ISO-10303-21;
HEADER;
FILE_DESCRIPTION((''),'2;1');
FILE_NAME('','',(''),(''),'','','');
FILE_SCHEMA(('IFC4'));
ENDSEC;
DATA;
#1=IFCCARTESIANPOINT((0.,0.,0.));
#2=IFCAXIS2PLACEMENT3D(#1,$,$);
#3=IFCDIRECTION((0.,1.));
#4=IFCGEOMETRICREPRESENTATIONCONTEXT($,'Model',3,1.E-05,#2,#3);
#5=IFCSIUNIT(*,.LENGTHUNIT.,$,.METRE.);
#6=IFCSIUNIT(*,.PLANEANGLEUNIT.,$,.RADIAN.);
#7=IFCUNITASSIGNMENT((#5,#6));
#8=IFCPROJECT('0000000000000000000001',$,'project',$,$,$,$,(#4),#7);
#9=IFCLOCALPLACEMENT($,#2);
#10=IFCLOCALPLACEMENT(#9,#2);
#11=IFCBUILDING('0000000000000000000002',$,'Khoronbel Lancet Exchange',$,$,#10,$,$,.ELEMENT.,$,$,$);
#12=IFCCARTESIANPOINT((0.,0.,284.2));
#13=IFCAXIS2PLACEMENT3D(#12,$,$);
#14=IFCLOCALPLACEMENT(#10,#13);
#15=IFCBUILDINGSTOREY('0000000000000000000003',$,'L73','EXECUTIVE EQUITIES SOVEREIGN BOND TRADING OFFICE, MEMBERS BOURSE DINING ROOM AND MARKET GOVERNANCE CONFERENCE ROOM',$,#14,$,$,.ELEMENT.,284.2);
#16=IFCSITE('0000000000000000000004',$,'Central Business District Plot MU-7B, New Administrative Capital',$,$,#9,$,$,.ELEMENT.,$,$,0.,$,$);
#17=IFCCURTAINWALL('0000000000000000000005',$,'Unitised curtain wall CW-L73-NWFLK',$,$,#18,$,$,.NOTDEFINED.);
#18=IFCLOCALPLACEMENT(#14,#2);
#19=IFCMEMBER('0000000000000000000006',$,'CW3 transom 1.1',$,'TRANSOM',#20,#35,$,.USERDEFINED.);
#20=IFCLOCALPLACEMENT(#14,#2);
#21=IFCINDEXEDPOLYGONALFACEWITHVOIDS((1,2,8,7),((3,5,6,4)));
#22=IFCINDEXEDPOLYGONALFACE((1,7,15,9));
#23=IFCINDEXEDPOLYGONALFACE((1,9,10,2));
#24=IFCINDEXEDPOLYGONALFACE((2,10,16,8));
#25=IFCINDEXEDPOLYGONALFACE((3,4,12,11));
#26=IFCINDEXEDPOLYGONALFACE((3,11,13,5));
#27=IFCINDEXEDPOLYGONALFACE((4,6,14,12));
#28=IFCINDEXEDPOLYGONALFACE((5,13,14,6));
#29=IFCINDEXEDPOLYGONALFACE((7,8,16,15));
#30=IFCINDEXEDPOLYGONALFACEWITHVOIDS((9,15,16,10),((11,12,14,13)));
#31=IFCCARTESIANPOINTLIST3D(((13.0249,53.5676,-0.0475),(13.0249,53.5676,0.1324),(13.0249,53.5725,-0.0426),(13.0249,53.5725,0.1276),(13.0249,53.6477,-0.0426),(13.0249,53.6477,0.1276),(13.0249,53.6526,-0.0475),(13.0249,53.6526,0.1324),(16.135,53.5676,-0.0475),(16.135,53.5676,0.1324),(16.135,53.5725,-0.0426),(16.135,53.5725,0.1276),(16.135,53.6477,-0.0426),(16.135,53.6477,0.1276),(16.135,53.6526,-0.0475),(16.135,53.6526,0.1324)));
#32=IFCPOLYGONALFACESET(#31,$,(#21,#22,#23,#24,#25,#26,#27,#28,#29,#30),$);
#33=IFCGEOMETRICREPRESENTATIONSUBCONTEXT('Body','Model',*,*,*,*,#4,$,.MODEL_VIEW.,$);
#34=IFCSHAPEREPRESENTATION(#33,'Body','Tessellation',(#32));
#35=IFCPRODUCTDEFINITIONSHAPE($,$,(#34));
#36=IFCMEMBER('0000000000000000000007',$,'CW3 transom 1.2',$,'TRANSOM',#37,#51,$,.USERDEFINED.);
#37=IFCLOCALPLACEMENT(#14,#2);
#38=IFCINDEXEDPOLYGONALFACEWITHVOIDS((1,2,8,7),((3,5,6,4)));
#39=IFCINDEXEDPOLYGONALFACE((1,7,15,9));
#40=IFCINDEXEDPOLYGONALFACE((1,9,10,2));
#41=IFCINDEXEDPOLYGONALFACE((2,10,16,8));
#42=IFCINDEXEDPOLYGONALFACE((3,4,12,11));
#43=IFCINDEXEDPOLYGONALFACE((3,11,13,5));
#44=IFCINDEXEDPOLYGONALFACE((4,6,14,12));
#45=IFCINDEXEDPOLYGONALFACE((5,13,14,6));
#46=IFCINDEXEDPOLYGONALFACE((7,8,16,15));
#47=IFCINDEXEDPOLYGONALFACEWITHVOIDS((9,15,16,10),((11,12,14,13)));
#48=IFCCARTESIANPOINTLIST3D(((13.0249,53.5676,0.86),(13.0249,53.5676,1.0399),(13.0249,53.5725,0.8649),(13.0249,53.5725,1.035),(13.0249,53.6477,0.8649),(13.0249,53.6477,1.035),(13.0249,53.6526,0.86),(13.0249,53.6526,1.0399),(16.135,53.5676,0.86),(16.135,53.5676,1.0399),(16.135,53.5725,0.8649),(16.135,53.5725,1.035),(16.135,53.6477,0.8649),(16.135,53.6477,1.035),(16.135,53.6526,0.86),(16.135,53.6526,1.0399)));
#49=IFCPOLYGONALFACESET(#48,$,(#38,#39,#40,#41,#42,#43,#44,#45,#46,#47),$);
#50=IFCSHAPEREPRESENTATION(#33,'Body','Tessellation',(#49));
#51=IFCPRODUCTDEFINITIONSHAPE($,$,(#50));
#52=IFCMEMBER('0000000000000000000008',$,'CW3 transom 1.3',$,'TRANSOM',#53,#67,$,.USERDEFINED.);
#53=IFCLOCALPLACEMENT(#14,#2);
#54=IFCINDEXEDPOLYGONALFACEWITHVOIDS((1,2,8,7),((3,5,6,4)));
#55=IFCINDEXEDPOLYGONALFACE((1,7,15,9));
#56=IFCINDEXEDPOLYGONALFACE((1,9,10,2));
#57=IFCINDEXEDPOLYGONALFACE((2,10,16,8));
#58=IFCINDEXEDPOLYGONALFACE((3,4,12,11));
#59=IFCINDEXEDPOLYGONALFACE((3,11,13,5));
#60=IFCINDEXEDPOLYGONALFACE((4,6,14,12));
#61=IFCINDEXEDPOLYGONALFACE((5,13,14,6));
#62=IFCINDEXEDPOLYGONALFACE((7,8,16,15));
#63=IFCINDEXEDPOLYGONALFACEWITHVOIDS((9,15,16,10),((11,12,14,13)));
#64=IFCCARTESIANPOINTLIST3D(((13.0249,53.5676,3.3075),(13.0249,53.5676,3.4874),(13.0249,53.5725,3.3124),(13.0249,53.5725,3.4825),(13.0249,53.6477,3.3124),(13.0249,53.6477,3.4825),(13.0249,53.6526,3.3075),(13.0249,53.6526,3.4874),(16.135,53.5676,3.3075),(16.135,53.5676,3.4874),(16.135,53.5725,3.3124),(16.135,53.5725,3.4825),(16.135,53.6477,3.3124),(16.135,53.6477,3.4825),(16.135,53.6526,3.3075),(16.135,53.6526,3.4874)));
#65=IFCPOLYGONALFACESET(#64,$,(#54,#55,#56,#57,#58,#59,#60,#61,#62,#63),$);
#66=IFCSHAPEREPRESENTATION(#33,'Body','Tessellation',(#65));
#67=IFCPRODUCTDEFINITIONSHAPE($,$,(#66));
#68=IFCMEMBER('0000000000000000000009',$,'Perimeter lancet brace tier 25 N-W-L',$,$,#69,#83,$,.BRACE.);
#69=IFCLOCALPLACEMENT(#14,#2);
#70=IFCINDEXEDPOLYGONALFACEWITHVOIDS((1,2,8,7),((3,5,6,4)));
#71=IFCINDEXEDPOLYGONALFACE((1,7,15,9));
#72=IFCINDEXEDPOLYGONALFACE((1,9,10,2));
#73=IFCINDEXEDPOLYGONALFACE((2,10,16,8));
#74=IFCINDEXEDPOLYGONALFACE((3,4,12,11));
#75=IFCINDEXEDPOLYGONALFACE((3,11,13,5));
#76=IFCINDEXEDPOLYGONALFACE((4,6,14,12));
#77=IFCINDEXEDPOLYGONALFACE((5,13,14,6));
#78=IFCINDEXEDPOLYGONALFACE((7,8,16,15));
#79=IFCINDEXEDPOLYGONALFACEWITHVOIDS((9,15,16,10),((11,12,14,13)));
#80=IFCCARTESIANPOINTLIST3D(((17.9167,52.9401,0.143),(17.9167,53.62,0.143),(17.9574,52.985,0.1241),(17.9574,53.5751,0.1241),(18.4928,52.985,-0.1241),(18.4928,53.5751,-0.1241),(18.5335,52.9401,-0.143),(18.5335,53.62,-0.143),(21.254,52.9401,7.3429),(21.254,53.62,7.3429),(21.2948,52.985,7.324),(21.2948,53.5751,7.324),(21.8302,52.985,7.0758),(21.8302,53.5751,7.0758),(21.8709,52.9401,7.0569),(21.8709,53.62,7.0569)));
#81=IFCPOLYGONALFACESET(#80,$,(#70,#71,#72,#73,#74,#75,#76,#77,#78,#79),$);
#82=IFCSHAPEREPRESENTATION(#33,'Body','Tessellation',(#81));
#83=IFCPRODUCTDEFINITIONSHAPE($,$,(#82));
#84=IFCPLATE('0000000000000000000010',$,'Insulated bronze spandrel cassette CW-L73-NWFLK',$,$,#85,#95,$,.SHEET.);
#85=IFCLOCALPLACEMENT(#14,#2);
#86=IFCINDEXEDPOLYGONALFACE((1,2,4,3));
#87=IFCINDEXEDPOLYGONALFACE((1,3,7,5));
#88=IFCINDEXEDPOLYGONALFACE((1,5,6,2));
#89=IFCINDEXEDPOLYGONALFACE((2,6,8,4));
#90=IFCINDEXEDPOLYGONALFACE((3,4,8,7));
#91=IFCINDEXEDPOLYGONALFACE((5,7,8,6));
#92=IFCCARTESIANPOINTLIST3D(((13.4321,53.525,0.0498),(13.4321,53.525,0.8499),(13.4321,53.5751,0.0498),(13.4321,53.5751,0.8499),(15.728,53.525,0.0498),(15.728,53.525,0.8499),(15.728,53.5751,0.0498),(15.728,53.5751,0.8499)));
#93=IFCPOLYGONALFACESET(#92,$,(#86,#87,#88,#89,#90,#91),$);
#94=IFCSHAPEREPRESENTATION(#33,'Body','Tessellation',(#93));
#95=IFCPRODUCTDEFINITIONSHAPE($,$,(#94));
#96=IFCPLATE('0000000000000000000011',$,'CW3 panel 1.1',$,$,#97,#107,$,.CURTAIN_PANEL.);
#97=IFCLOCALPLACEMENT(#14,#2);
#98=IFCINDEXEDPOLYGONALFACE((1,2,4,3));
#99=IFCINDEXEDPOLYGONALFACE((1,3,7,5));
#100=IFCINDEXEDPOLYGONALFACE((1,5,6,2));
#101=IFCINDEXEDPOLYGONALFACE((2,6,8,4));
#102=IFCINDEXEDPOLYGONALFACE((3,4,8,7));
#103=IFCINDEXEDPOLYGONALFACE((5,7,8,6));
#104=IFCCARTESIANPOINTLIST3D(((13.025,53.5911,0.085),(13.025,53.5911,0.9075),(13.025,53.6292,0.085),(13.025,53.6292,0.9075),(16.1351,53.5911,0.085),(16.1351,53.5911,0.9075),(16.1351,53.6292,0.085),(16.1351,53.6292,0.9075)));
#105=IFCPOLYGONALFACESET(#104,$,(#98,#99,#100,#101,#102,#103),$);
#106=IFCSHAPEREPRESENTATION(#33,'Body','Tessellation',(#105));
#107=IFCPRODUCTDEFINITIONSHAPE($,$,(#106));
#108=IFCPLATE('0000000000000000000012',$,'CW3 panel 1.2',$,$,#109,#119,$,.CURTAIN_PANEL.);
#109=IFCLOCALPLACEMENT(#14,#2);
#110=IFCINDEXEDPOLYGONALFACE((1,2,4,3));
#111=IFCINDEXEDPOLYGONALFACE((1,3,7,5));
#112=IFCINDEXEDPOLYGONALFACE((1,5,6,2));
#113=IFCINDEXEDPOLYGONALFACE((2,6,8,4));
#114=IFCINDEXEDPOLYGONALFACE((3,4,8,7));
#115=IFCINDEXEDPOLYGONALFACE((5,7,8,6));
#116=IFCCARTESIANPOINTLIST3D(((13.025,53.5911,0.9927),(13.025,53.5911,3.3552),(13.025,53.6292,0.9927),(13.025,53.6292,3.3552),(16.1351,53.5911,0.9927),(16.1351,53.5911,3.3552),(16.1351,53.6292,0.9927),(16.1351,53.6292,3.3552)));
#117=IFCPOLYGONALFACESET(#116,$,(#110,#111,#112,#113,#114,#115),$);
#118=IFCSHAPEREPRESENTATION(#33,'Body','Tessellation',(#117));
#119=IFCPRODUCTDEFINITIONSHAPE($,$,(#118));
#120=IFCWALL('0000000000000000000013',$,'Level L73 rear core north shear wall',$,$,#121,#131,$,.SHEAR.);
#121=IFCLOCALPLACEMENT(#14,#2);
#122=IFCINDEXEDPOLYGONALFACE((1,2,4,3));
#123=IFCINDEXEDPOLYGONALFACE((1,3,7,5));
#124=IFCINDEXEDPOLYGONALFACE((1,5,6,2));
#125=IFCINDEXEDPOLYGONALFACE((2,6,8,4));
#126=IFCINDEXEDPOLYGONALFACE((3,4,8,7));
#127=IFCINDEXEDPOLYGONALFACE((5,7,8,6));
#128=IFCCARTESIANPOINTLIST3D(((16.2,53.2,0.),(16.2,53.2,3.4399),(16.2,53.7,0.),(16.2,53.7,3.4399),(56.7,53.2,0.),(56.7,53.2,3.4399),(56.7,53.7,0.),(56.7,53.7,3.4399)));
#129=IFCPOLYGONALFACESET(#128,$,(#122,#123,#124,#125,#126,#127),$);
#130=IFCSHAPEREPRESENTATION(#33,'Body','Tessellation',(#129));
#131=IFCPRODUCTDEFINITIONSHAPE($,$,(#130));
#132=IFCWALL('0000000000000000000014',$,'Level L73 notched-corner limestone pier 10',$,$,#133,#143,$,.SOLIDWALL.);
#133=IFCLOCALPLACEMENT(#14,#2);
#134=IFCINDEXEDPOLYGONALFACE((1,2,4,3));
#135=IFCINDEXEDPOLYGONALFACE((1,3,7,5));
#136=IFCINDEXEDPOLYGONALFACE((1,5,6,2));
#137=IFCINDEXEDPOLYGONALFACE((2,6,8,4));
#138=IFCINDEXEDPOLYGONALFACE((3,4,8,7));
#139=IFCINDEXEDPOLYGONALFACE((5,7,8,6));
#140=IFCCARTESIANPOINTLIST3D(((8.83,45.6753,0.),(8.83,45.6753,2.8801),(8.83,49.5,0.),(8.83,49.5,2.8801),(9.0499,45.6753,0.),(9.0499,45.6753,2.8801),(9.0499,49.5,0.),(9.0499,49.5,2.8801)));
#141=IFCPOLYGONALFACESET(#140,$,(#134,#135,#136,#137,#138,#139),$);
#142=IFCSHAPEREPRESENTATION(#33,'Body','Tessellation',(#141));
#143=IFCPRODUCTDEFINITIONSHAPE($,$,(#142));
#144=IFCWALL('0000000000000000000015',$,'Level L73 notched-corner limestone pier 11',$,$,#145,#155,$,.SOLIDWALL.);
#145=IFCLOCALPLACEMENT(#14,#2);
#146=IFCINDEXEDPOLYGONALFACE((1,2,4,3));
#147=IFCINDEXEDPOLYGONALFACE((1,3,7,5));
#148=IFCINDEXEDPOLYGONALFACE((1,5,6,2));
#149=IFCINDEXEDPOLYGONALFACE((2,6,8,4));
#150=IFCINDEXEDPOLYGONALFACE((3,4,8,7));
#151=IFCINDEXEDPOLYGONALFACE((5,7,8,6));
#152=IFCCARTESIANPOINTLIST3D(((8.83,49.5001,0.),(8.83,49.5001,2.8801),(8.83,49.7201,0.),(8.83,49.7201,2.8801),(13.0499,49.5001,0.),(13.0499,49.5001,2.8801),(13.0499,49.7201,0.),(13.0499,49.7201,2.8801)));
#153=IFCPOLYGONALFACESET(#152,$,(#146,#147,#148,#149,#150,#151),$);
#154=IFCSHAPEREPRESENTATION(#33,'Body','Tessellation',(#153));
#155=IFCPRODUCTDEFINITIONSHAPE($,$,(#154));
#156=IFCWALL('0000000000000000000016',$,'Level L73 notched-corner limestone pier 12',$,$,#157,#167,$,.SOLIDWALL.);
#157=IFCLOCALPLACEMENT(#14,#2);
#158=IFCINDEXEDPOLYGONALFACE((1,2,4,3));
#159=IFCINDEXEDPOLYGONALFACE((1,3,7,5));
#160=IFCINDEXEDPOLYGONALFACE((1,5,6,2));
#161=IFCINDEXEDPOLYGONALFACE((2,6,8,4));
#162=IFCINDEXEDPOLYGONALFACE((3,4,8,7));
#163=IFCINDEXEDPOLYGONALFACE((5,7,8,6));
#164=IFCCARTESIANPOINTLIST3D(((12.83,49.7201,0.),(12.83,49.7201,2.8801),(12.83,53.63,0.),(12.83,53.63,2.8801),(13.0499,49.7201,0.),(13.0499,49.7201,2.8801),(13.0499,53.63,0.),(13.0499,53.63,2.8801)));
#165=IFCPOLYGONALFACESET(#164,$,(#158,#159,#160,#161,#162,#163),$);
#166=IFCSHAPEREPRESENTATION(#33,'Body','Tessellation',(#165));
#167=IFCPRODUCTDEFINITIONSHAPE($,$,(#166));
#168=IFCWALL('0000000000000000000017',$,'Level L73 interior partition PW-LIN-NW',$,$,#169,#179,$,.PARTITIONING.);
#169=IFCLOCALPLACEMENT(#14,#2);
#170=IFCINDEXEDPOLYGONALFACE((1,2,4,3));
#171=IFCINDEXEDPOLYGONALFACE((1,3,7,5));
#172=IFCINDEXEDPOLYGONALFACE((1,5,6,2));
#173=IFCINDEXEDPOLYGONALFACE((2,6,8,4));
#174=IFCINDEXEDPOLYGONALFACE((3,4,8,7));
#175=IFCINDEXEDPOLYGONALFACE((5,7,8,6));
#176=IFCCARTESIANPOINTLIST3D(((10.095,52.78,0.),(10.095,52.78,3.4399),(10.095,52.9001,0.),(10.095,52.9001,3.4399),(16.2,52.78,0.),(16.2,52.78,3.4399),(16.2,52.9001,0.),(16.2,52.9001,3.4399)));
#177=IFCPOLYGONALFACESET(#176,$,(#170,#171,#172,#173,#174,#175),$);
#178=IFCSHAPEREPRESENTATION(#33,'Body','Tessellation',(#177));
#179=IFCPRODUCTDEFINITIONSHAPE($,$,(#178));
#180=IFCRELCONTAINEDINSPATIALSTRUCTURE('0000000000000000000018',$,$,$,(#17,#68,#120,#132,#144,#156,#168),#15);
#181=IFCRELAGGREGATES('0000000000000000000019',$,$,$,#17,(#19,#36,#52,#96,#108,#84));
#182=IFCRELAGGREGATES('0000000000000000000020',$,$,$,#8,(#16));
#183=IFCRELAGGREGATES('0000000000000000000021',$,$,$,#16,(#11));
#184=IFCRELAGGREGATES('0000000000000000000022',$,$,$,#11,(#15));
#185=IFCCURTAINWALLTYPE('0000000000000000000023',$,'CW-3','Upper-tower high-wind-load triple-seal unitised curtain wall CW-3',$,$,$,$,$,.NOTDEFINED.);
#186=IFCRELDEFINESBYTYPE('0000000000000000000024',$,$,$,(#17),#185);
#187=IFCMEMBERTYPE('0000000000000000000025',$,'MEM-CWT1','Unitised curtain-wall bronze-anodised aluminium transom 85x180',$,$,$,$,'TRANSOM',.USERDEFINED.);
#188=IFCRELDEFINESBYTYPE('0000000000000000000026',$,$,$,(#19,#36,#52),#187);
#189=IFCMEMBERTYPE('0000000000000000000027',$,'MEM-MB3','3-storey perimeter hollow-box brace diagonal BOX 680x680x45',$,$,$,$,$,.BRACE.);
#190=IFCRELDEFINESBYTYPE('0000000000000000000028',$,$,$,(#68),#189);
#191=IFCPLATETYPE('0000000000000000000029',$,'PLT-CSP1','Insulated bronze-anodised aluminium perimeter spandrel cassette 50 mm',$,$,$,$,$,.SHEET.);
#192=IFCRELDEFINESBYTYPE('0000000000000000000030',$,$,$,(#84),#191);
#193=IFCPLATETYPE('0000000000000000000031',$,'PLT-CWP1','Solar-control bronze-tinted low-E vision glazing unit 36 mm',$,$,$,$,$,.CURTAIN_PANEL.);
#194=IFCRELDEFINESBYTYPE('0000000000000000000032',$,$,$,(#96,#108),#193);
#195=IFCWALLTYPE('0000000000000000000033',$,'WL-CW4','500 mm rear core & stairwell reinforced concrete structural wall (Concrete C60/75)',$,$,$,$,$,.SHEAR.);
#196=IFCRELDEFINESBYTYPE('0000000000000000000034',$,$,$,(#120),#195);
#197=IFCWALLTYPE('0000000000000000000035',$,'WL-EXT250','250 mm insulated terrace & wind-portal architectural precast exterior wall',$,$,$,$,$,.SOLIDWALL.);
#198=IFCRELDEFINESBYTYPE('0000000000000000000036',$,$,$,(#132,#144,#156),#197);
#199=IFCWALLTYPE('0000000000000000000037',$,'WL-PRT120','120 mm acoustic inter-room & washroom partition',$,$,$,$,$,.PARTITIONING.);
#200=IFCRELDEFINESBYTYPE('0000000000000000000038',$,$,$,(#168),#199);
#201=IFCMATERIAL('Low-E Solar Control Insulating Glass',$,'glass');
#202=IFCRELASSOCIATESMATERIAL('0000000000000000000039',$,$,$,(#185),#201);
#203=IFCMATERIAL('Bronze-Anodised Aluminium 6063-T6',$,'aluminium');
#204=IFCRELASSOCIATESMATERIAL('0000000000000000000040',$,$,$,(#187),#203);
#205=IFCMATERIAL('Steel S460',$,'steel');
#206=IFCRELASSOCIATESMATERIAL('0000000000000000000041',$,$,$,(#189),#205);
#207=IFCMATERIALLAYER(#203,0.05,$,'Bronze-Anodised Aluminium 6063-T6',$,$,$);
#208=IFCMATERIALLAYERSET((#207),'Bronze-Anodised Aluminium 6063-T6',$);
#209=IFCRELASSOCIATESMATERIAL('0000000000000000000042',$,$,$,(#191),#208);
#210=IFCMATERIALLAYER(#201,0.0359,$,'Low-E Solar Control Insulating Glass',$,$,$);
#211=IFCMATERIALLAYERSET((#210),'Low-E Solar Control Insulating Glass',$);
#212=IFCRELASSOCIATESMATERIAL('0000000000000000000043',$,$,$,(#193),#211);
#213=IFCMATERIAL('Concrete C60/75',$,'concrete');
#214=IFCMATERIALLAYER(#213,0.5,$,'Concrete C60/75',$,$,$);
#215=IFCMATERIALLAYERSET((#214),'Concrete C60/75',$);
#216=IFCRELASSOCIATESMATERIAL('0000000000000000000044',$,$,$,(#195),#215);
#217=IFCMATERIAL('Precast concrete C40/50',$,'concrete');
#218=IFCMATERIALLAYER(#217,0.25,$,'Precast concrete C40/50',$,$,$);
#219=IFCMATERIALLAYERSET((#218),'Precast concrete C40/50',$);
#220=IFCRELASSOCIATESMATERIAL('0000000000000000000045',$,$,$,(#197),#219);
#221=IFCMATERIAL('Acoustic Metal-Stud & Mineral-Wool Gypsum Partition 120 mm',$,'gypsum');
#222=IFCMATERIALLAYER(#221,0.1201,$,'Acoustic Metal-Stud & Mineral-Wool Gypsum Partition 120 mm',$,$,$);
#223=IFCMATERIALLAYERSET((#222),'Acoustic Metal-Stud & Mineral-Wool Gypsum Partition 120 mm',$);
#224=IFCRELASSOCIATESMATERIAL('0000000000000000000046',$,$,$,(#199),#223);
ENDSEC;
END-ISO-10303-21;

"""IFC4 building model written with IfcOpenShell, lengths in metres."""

from ifc_helpers import new_model, si_unit, direction, frame, frame_2d, origin, origin_2d, place, context, subcontext, project, spatial, rectangle, hollow_rectangle, extrude, material, layer, layer_set, material_profile, profile_set, type_object, element, aggregate, save


model = new_model("IFC4")

# Units and contexts
model_context = context("Model", 3, precision=1e-05, world=origin(), true_north=direction((0.0, 1.0)))
body_context = subcontext(model_context, "Body", "Model", "MODEL_VIEW")
ifc_project = project(units=[si_unit("LENGTHUNIT", "METRE"), si_unit("PLANEANGLEUNIT", "RADIAN")], contexts=[model_context])

# Site, building, storey
site_placement = place(None, origin())
site = spatial("IfcSite", under=ifc_project, at=site_placement, Name="Central Business District Plot MU-7B, New Administrative Capital", CompositionType="ELEMENT", RefElevation=0.0)
building_placement = place(site_placement, origin())
building = spatial("IfcBuilding", under=site, at=building_placement, Name="Khoronbel Lancet Exchange", CompositionType="ELEMENT")
storey_placement = place(building_placement, frame((0.0, 0.0, 284.2)))
storey = spatial("IfcBuildingStorey", under=building, at=storey_placement, Name="L73", Description="EXECUTIVE EQUITIES SOVEREIGN BOND TRADING OFFICE, MEMBERS BOURSE DINING ROOM AND MARKET GOVERNANCE CONFERENCE ROOM", CompositionType="ELEMENT", Elevation=284.2)

# Shared definitions
ifc_material_1 = material(Name="Steel S460", Category="steel")

# Curtain wall
ifc_material_2 = material(Name="Low-E Solar Control Insulating Glass", Category="glass")
curtain_wall_type_1 = type_object("IfcCurtainWallType", Name="CW-3", Description="Upper-tower high-wind-load triple-seal unitised curtain wall CW-3", PredefinedType="NOTDEFINED", material=ifc_material_2)
curtain_wall_1_placement = place(storey_placement, origin())
curtain_wall_1 = element("IfcCurtainWall", 1, at=curtain_wall_1_placement, inside=storey, type_object=curtain_wall_type_1, Name="Unitised curtain wall CW-L73-NWFLK", PredefinedType="NOTDEFINED")
ifc_material_3 = material(Name="Bronze-Anodised Aluminium 6063-T6", Category="aluminium")

# Members
ifc_material_profile_1 = material_profile(ifc_material_3, hollow_rectangle(XDim=0.085, YDim=0.1799, WallThickness=0.0049, at=origin_2d()), Name="ALU TRANSOM 85x180")
ifc_profile_set_1 = profile_set([ifc_material_profile_1], Name="Bronze-Anodised Aluminium 6063-T6")
member_type_1 = type_object("IfcMemberType", Name="MEM-CWT1", Description="Unitised curtain-wall bronze-anodised aluminium transom 85x180", ElementType="TRANSOM", PredefinedType="USERDEFINED", material=ifc_profile_set_1)
member_1_placement = place(storey_placement, frame((16.135, 53.6101, 0.0425), z_axis=(-1.0, 0.0, 0.0), x_axis=(0.0, -1.0, 0.0)))
member_1 = element("IfcMember", 2, at=member_1_placement, type_object=member_type_1, Name="CW3 transom 1.1", ObjectType="TRANSOM", PredefinedType="USERDEFINED", context=body_context, shape_type="SweptSolid", body=[
    extrude(hollow_rectangle(XDim=0.085, YDim=0.1799, WallThickness=0.0049, at=origin_2d()), origin(), (0.0, 0.0, 1.0), 3.1101),
])
member_2_placement = place(storey_placement, frame((16.135, 53.6101, 0.95), z_axis=(-1.0, 0.0, 0.0), x_axis=(0.0, -1.0, 0.0)))
member_2 = element("IfcMember", 3, at=member_2_placement, type_object=member_type_1, Name="CW3 transom 1.2", ObjectType="TRANSOM", PredefinedType="USERDEFINED", context=body_context, shape_type="SweptSolid", body=[
    extrude(hollow_rectangle(XDim=0.085, YDim=0.1799, WallThickness=0.0049, at=origin_2d()), origin(), (0.0, 0.0, 1.0), 3.1101),
])
member_3_placement = place(storey_placement, frame((16.135, 53.6101, 3.3975), z_axis=(-1.0, 0.0, 0.0), x_axis=(0.0, -1.0, 0.0)))
member_3 = element("IfcMember", 4, at=member_3_placement, type_object=member_type_1, Name="CW3 transom 1.3", ObjectType="TRANSOM", PredefinedType="USERDEFINED", context=body_context, shape_type="SweptSolid", body=[
    extrude(hollow_rectangle(XDim=0.085, YDim=0.1799, WallThickness=0.0049, at=origin_2d()), origin(), (0.0, 0.0, 1.0), 3.1101),
])
ifc_material_profile_2 = material_profile(ifc_material_1, hollow_rectangle(XDim=0.6799, YDim=0.6799, WallThickness=0.0449, at=origin_2d()), Name="BOX 680x680x45")
ifc_profile_set_2 = profile_set([ifc_material_profile_2], Name="Steel S460")
member_type_2 = type_object("IfcMemberType", Name="MEM-MB3", Description="3-storey perimeter hollow-box brace diagonal BOX 680x680x45", PredefinedType="BRACE", material=ifc_profile_set_2)
member_4_placement = place(storey_placement, frame((18.2251, 53.28, 0.0), z_axis=(0.420548, 0.0, 0.90727), x_axis=(0.0, 1.0, 0.0)))
element("IfcMember", 5, at=member_4_placement, inside=storey, type_object=member_type_2, Name="Perimeter lancet brace tier 25 N-W-L", PredefinedType="BRACE", context=body_context, shape_type="SweptSolid", body=[
    extrude(hollow_rectangle(XDim=0.6799, YDim=0.6799, WallThickness=0.0449, at=origin_2d()), origin(), (0.0, 0.0, 1.0), 7.9358),
])

# Plates
ifc_layer_1 = layer(ifc_material_3, 0.05, Name="Bronze-Anodised Aluminium 6063-T6")
ifc_layer_set_1 = layer_set([ifc_layer_1], Name="Bronze-Anodised Aluminium 6063-T6")
plate_type_1 = type_object("IfcPlateType", Name="PLT-CSP1", Description="Insulated bronze-anodised aluminium perimeter spandrel cassette 50 mm", PredefinedType="SHEET", material=ifc_layer_set_1)
plate_1_placement = place(storey_placement, frame((14.5801, 53.55, 0.0498), z_axis=(0.0, 0.0, 1.0), x_axis=(-1.0, 0.0, 0.0)))
plate_1 = element("IfcPlate", 6, at=plate_1_placement, type_object=plate_type_1, Name="Insulated bronze spandrel cassette CW-L73-NWFLK", PredefinedType="SHEET", context=body_context, shape_type="SweptSolid", body=[
    extrude(rectangle(XDim=2.2959, YDim=0.05, at=origin_2d()), origin(), (0.0, 0.0, 1.0), 0.8),
])
ifc_layer_2 = layer(ifc_material_2, 0.0359, Name="Low-E Solar Control Insulating Glass")
ifc_layer_set_2 = layer_set([ifc_layer_2], Name="Low-E Solar Control Insulating Glass")
plate_type_2 = type_object("IfcPlateType", Name="PLT-CWP1", Description="Solar-control bronze-tinted low-E vision glazing unit 36 mm", PredefinedType="CURTAIN_PANEL", material=ifc_layer_set_2)
plate_2_placement = place(storey_placement, frame((14.5801, 53.6101, 0.085), z_axis=(0.0, 0.0, 1.0), x_axis=(-1.0, 0.0, 0.0)))
plate_2 = element("IfcPlate", 7, at=plate_2_placement, type_object=plate_type_2, Name="CW3 panel 1.1", PredefinedType="CURTAIN_PANEL", context=body_context, shape_type="SweptSolid", body=[
    extrude(rectangle(XDim=3.1101, YDim=0.0381, at=origin_2d()), origin(), (0.0, 0.0, 1.0), 0.8225),
])
plate_3_placement = place(storey_placement, frame((14.5801, 53.6101, 0.9927), z_axis=(0.0, 0.0, 1.0), x_axis=(-1.0, 0.0, 0.0)))
plate_3 = element("IfcPlate", 8, at=plate_3_placement, type_object=plate_type_2, Name="CW3 panel 1.2", PredefinedType="CURTAIN_PANEL", context=body_context, shape_type="SweptSolid", body=[
    extrude(rectangle(XDim=3.1101, YDim=0.0381, at=origin_2d()), origin(), (0.0, 0.0, 1.0), 2.3625),
])
aggregate(curtain_wall_1, [member_1, member_2, member_3, plate_2, plate_3, plate_1])

# Walls
ifc_material_4 = material(Name="Concrete C60/75", Category="concrete")
ifc_layer_3 = layer(ifc_material_4, 0.5, Name="Concrete C60/75")
ifc_layer_set_3 = layer_set([ifc_layer_3], Name="Concrete C60/75")
wall_type_1 = type_object("IfcWallType", Name="WL-CW4", Description="500 mm rear core & stairwell reinforced concrete structural wall (Concrete C60/75)", PredefinedType="SHEAR", material=ifc_layer_set_3)
wall_1_placement = place(storey_placement, frame((16.2, 53.45, 0.0), z_axis=(0.0, 0.0, 1.0), x_axis=(1.0, 0.0, 0.0)))
element("IfcWall", 9, at=wall_1_placement, inside=storey, type_object=wall_type_1, Name="Level L73 rear core north shear wall", PredefinedType="SHEAR", context=body_context, shape_type="SweptSolid", body=[
    extrude(rectangle(XDim=40.5, YDim=0.5, at=frame_2d((20.25, 0.0))), origin(), (0.0, 0.0, 1.0), 3.4399),
])
ifc_material_5 = material(Name="Precast concrete C40/50", Category="concrete")
ifc_layer_4 = layer(ifc_material_5, 0.25, Name="Precast concrete C40/50")
ifc_layer_set_4 = layer_set([ifc_layer_4], Name="Precast concrete C40/50")
wall_type_2 = type_object("IfcWallType", Name="WL-EXT250", Description="250 mm insulated terrace & wind-portal architectural precast exterior wall", PredefinedType="SOLIDWALL", material=ifc_layer_set_4)
wall_2_placement = place(storey_placement, frame((8.9399, 45.6753, 0.0), z_axis=(0.0, 0.0, 1.0), x_axis=(0.0, 1.0, 0.0)))
element("IfcWall", 10, at=wall_2_placement, inside=storey, type_object=wall_type_2, Name="Level L73 notched-corner limestone pier 10", PredefinedType="SOLIDWALL", context=body_context, shape_type="SweptSolid", body=[
    extrude(rectangle(XDim=3.8247, YDim=0.22, at=frame_2d((1.9124, 0.0))), origin(), (0.0, 0.0, 1.0), 2.8801),
])
wall_3_placement = place(storey_placement, frame((8.8301, 49.6101, 0.0), z_axis=(0.0, 0.0, 1.0), x_axis=(1.0, 0.0, 0.0)))
element("IfcWall", 11, at=wall_3_placement, inside=storey, type_object=wall_type_2, Name="Level L73 notched-corner limestone pier 11", PredefinedType="SOLIDWALL", context=body_context, shape_type="SweptSolid", body=[
    extrude(rectangle(XDim=4.22, YDim=0.22, at=frame_2d((2.1099, 0.0))), origin(), (0.0, 0.0, 1.0), 2.8801),
])
wall_4_placement = place(storey_placement, frame((12.9399, 49.72, 0.0), z_axis=(0.0, 0.0, 1.0), x_axis=(0.0, 1.0, 0.0)))
element("IfcWall", 12, at=wall_4_placement, inside=storey, type_object=wall_type_2, Name="Level L73 notched-corner limestone pier 12", PredefinedType="SOLIDWALL", context=body_context, shape_type="SweptSolid", body=[
    extrude(rectangle(XDim=3.9099, YDim=0.22, at=frame_2d((1.9551, 0.0))), origin(), (0.0, 0.0, 1.0), 2.8801),
])
ifc_material_6 = material(Name="Acoustic Metal-Stud & Mineral-Wool Gypsum Partition 120 mm", Category="gypsum")
ifc_layer_5 = layer(ifc_material_6, 0.1201, Name="Acoustic Metal-Stud & Mineral-Wool Gypsum Partition 120 mm")
ifc_layer_set_5 = layer_set([ifc_layer_5], Name="Acoustic Metal-Stud & Mineral-Wool Gypsum Partition 120 mm")
wall_type_3 = type_object("IfcWallType", Name="WL-PRT120", Description="120 mm acoustic inter-room & washroom partition", PredefinedType="PARTITIONING", material=ifc_layer_set_5)
wall_5_placement = place(storey_placement, frame((10.095, 52.8401, 0.0), z_axis=(0.0, 0.0, 1.0), x_axis=(1.0, 0.0, 0.0)))
element("IfcWall", 13, at=wall_5_placement, inside=storey, type_object=wall_type_3, Name="Level L73 interior partition PW-LIN-NW", PredefinedType="PARTITIONING", context=body_context, shape_type="SweptSolid", body=[
    extrude(rectangle(XDim=6.105, YDim=0.1201, at=frame_2d((3.0525, 0.0))), origin(), (0.0, 0.0, 1.0), 3.4399),
])

save(model, "model.ifc")
